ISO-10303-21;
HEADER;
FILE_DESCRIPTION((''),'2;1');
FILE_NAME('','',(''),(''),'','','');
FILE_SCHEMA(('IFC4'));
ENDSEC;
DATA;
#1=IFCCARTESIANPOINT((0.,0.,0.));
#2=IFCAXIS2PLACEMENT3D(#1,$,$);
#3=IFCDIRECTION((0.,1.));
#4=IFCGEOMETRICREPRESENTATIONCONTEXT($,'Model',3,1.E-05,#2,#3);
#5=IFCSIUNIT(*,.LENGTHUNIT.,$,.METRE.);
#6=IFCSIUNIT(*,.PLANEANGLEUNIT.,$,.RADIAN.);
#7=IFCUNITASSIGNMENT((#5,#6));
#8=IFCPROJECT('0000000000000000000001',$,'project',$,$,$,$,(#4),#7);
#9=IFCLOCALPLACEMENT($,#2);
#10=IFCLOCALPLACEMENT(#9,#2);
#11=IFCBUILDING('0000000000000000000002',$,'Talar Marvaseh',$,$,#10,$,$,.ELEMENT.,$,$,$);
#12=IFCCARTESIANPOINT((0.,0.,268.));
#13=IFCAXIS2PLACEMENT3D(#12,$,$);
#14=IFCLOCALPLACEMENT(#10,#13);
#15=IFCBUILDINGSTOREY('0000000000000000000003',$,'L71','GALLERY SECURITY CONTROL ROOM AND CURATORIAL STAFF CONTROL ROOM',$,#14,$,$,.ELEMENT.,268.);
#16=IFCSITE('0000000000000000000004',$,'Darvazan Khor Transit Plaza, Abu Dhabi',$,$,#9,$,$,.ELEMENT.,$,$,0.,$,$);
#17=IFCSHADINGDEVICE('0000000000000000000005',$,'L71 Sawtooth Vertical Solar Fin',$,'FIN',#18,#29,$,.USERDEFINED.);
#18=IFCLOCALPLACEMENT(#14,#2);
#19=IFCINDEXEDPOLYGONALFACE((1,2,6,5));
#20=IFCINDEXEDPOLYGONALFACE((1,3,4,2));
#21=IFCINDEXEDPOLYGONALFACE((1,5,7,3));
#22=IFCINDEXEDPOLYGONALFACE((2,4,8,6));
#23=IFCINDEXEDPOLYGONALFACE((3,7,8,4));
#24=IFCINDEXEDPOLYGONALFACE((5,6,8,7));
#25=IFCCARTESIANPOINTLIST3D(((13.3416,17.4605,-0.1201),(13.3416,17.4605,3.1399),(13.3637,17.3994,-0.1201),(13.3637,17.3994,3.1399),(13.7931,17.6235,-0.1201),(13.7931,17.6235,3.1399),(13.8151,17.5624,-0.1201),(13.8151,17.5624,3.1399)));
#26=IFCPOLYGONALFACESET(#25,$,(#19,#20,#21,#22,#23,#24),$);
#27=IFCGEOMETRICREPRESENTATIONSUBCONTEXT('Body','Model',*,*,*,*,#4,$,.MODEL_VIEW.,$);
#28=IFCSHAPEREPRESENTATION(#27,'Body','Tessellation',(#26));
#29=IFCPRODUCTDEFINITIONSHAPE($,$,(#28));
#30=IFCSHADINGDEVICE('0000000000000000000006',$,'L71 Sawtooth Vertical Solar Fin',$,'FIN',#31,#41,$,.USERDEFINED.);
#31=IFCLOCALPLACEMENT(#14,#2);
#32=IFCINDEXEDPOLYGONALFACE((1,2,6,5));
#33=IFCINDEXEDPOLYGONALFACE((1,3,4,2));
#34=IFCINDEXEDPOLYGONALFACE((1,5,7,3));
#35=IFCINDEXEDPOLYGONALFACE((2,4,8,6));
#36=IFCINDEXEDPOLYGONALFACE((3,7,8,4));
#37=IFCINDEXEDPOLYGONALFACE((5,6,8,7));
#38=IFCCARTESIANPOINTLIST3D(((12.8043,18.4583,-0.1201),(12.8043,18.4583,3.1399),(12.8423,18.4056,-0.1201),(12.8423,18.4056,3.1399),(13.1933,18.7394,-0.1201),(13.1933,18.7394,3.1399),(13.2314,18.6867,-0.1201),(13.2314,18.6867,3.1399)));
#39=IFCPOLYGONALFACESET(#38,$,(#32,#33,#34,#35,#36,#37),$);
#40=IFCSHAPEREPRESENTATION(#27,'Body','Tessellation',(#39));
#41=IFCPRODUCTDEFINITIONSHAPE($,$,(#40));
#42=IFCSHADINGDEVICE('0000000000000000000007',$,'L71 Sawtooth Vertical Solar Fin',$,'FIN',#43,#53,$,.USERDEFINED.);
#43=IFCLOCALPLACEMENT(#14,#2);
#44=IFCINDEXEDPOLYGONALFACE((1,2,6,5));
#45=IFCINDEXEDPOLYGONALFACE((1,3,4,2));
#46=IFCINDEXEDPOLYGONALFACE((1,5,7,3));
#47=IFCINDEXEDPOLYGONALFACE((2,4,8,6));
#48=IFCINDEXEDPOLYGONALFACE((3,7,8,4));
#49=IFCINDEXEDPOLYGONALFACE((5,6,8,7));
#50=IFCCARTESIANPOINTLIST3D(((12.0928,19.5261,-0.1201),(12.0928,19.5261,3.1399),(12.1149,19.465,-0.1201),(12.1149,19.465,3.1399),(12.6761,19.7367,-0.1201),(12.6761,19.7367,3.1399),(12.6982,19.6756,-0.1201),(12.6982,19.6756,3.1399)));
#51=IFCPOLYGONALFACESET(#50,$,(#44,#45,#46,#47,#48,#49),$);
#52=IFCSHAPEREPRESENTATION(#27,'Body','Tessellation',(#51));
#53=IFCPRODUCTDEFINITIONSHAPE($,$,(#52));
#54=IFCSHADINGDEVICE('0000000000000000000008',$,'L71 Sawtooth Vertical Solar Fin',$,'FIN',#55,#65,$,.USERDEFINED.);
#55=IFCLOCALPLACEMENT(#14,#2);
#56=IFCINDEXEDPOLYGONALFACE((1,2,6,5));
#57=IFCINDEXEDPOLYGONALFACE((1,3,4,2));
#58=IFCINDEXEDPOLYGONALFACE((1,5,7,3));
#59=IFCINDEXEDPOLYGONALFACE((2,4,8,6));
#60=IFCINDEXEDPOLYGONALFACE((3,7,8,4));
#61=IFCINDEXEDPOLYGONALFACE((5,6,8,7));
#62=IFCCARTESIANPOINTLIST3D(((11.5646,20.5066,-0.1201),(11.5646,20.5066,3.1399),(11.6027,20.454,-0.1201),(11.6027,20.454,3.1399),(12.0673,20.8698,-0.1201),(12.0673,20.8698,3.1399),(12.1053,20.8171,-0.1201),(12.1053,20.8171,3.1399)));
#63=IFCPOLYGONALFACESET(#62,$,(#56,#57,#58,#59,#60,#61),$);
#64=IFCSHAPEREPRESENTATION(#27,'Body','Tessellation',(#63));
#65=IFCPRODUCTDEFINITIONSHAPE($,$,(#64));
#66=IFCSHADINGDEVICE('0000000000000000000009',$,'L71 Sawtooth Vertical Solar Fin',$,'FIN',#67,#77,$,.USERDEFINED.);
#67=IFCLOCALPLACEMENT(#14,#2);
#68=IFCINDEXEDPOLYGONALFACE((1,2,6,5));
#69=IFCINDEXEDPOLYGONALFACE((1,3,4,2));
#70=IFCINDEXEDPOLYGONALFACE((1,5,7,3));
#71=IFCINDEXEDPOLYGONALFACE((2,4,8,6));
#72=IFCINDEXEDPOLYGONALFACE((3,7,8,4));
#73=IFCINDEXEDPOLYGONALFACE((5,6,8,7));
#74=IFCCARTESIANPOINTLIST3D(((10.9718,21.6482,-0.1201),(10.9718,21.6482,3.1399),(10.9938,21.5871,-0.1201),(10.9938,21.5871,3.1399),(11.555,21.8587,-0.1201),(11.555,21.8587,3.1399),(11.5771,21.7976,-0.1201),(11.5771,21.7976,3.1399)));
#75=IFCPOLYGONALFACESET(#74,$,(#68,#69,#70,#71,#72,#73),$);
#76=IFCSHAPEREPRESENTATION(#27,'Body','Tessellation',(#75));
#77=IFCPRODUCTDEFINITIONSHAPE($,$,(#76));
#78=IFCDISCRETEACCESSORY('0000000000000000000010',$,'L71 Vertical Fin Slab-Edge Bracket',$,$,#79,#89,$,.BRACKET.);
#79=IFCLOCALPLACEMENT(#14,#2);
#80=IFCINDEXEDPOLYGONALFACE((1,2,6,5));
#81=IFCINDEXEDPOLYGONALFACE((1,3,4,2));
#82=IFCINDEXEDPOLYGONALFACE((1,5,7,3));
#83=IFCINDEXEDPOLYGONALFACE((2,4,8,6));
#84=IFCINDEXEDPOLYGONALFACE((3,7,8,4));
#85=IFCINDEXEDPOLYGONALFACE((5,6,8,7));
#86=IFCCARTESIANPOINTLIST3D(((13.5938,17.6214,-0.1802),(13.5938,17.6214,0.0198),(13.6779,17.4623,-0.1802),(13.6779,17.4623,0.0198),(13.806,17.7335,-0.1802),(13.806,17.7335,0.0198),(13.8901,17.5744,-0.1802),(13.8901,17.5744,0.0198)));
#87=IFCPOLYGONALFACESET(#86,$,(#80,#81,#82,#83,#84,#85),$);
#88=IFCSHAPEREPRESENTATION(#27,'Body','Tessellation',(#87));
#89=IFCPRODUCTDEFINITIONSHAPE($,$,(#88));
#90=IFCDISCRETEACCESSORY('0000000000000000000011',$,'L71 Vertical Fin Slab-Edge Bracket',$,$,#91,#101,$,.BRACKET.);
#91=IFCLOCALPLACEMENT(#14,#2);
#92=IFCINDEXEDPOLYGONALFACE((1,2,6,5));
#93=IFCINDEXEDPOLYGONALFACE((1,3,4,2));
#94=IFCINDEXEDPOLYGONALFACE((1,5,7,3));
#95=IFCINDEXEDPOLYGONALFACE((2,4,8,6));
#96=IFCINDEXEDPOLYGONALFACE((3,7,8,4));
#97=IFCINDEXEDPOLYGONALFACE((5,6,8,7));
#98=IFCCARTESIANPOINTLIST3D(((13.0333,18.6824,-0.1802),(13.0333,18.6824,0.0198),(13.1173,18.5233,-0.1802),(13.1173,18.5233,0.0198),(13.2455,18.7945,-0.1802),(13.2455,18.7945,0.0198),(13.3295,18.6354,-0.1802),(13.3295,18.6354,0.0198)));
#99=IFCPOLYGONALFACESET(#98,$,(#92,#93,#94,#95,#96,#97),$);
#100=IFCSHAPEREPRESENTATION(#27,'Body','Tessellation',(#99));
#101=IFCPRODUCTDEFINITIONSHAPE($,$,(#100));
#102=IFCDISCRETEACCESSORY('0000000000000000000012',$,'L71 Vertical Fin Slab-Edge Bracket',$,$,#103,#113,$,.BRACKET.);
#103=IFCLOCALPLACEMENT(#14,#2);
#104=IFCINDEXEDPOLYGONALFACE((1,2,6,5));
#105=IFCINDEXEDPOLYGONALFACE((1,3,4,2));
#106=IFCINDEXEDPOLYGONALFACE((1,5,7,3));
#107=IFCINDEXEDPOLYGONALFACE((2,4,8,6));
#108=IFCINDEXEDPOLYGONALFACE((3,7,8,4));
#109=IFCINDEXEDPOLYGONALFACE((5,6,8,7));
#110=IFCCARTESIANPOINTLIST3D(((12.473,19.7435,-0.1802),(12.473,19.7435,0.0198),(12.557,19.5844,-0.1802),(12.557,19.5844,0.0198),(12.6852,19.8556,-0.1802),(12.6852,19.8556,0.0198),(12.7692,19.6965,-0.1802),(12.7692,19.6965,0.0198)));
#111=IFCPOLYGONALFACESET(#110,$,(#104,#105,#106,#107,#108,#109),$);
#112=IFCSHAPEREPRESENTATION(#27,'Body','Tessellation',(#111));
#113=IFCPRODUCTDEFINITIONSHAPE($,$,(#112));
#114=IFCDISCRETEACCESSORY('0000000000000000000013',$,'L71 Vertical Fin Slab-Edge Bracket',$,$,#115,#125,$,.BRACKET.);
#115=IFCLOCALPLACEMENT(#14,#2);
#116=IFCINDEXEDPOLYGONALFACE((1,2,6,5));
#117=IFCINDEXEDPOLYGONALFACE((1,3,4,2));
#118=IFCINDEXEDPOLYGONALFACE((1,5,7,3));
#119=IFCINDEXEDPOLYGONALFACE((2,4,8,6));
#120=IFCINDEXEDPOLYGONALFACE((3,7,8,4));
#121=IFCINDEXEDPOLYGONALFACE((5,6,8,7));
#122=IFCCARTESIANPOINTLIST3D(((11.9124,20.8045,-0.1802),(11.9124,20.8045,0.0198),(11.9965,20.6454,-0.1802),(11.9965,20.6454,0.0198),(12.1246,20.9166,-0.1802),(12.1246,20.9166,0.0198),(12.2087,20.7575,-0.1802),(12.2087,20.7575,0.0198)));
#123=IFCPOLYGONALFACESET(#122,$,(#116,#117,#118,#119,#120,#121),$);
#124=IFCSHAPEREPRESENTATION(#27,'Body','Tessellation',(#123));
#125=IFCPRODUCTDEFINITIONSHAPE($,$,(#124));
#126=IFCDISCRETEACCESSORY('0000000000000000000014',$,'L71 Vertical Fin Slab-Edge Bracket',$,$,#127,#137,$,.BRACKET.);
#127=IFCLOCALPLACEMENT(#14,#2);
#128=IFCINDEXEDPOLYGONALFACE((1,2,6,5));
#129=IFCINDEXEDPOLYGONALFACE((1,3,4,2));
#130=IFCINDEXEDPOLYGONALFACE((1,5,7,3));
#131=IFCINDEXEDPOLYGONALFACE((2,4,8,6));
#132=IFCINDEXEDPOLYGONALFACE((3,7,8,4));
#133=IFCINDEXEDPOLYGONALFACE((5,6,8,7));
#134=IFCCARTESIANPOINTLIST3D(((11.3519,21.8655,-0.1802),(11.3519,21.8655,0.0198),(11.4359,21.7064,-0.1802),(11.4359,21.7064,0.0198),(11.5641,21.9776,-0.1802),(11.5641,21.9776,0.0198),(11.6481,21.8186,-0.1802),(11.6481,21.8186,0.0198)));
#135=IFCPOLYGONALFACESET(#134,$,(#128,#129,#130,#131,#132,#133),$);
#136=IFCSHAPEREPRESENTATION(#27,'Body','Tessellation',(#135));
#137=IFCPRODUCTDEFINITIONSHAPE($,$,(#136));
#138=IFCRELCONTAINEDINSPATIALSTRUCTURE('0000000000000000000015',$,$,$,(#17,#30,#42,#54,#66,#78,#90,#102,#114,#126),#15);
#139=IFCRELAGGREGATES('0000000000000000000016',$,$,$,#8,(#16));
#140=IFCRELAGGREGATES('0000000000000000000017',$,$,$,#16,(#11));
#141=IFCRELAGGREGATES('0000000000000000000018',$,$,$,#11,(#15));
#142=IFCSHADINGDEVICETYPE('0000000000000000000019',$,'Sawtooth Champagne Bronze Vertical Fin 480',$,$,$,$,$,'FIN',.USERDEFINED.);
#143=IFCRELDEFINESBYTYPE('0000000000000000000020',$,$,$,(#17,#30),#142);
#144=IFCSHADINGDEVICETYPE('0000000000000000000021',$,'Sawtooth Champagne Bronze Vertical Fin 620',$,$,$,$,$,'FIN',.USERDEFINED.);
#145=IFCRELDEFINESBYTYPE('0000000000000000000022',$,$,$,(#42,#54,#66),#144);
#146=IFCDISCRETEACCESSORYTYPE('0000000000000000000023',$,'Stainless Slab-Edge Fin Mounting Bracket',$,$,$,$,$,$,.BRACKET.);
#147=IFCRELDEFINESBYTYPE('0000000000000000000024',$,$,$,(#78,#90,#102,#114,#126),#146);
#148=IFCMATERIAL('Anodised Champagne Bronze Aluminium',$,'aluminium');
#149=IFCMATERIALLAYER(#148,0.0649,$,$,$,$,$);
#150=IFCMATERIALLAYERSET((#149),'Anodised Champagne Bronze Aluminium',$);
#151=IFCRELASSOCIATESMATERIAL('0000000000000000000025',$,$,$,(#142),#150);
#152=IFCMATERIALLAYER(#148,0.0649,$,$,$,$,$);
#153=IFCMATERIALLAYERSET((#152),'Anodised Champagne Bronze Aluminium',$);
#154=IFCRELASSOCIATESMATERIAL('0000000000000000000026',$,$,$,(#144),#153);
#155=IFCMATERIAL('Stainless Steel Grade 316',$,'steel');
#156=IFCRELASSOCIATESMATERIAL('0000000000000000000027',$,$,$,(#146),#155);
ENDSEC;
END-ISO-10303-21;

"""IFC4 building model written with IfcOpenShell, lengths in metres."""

from ifc_helpers import new_model, si_unit, direction, frame, origin, origin_2d, place, context, subcontext, project, spatial, rectangle, extrude, source, transform, mapped, material, layer, layer_set, type_object, type_shapes, element, save


model = new_model("IFC4")

# Units and contexts
model_context = context("Model", 3, precision=1e-05, world=origin(), true_north=direction((0.0, 1.0)))
body_context = subcontext(model_context, "Body", "Model", "MODEL_VIEW")
ifc_project = project(units=[si_unit("LENGTHUNIT", "METRE"), si_unit("PLANEANGLEUNIT", "RADIAN")], contexts=[model_context])

# Site, building, storey
site_placement = place(None, origin())
site = spatial("IfcSite", under=ifc_project, at=site_placement, Name="Darvazan Khor Transit Plaza, Abu Dhabi", CompositionType="ELEMENT", RefElevation=0.0)
building_placement = place(site_placement, origin())
building = spatial("IfcBuilding", under=site, at=building_placement, Name="Talar Marvaseh", CompositionType="ELEMENT")
storey_placement = place(building_placement, frame((0.0, 0.0, 268.0)))
storey = spatial("IfcBuildingStorey", under=building, at=storey_placement, Name="L71", Description="GALLERY SECURITY CONTROL ROOM AND CURATORIAL STAFF CONTROL ROOM", CompositionType="ELEMENT", Elevation=268.0)

# Shading devices
ifc_material_1 = material(Name="Anodised Champagne Bronze Aluminium", Category="aluminium")
ifc_layer_1 = layer(ifc_material_1, 0.0649)
ifc_layer_set_1 = layer_set([ifc_layer_1], Name="Anodised Champagne Bronze Aluminium")
shading_device_type_1 = type_object("IfcShadingDeviceType", Name="Sawtooth Champagne Bronze Vertical Fin 480", ElementType="FIN", PredefinedType="USERDEFINED", material=ifc_layer_set_1)
shared_shape_1 = source(origin(), body_context, "Body", "SweptSolid", [
    extrude(rectangle(XDim=0.48, YDim=0.0649, at=origin_2d()), origin(), (0.0, 0.0, 1.0), 3.26),
])
type_shapes(shading_device_type_1, [shared_shape_1])
for number, where, z_axis, x_axis, name in (
    (1, (13.5784, 17.5115, -0.1201), (0.0, 0.0, 1.0), (-0.940585, -0.339559, 0.0), "L71 Sawtooth Vertical Solar Fin"),
    (2, (13.0178, 18.5725, -0.1201), (0.0, 0.0, 1.0), (-0.810553, -0.585665, 0.0), "L71 Sawtooth Vertical Solar Fin"),
):
    element("IfcShadingDevice", number, at=place(storey_placement, frame(where, z_axis=z_axis, x_axis=x_axis)), inside=storey, type_object=shading_device_type_1, Name=name, ObjectType="FIN", PredefinedType="USERDEFINED", context=body_context, shape_type="MappedRepresentation", body=[
        mapped(shared_shape_1, transform((0.0, 0.0, 0.0), x_axis=(1.0, 0.0, 0.0), y_axis=(0.0, 1.0, 0.0), z_axis=(0.0, 0.0, 1.0), scale=1.0)),
    ])
ifc_layer_2 = layer(ifc_material_1, 0.0649)
ifc_layer_set_2 = layer_set([ifc_layer_2], Name="Anodised Champagne Bronze Aluminium")
shading_device_type_2 = type_object("IfcShadingDeviceType", Name="Sawtooth Champagne Bronze Vertical Fin 620", ElementType="FIN", PredefinedType="USERDEFINED", material=ifc_layer_set_2)
shared_shape_2 = source(origin(), body_context, "Body", "SweptSolid", [
    extrude(rectangle(XDim=0.6201, YDim=0.0649, at=origin_2d()), origin(), (0.0, 0.0, 1.0), 3.26),
])
type_shapes(shading_device_type_2, [shared_shape_2])
for number, where, z_axis, x_axis, name in (
    (3, (12.3955, 19.6008, -0.1201), (0.0, 0.0, 1.0), (-0.940585, -0.339559, 0.0), "L71 Sawtooth Vertical Solar Fin"),
    (4, (11.835, 20.6619, -0.1201), (0.0, 0.0, 1.0), (-0.810553, -0.585665, 0.0), "L71 Sawtooth Vertical Solar Fin"),
    (5, (11.2744, 21.7229, -0.1201), (0.0, 0.0, 1.0), (-0.940585, -0.339559, 0.0), "L71 Sawtooth Vertical Solar Fin"),
):
    element("IfcShadingDevice", number, at=place(storey_placement, frame(where, z_axis=z_axis, x_axis=x_axis)), inside=storey, type_object=shading_device_type_2, Name=name, ObjectType="FIN", PredefinedType="USERDEFINED", context=body_context, shape_type="MappedRepresentation", body=[
        mapped(shared_shape_2, transform((0.0, 0.0, 0.0), x_axis=(1.0, 0.0, 0.0), y_axis=(0.0, 1.0, 0.0), z_axis=(0.0, 0.0, 1.0), scale=1.0)),
    ])

# Discrete accessories
ifc_material_2 = material(Name="Stainless Steel Grade 316", Category="steel")
discrete_accessory_type = type_object("IfcDiscreteAccessoryType", Name="Stainless Slab-Edge Fin Mounting Bracket", PredefinedType="BRACKET", material=ifc_material_2)
shared_shape_3 = source(origin(), body_context, "Body", "SweptSolid", [
    extrude(rectangle(XDim=0.24, YDim=0.1799, at=origin_2d()), origin(), (0.0, 0.0, 1.0), 0.2),
])
type_shapes(discrete_accessory_type, [shared_shape_3])
for number, where, z_axis, x_axis, name in (
    (6, (13.7419, 17.5979, -0.1802), (0.0, 0.0, 1.0), (-0.884174, -0.467158, 0.0), "L71 Vertical Fin Slab-Edge Bracket"),
    (7, (13.1814, 18.6589, -0.1802), (0.0, 0.0, 1.0), (-0.884174, -0.467158, 0.0), "L71 Vertical Fin Slab-Edge Bracket"),
    (8, (12.6211, 19.72, -0.1802), (0.0, 0.0, 1.0), (-0.884174, -0.467158, 0.0), "L71 Vertical Fin Slab-Edge Bracket"),
    (9, (12.0605, 20.781, -0.1802), (0.0, 0.0, 1.0), (-0.884174, -0.467158, 0.0), "L71 Vertical Fin Slab-Edge Bracket"),
    (10, (11.5, 21.842, -0.1802), (0.0, 0.0, 1.0), (-0.884174, -0.467158, 0.0), "L71 Vertical Fin Slab-Edge Bracket"),
):
    element("IfcDiscreteAccessory", number, at=place(storey_placement, frame(where, z_axis=z_axis, x_axis=x_axis)), inside=storey, type_object=discrete_accessory_type, Name=name, PredefinedType="BRACKET", context=body_context, shape_type="MappedRepresentation", body=[
        mapped(shared_shape_3, transform((0.0, 0.0, 0.0), x_axis=(1.0, 0.0, 0.0), y_axis=(0.0, 1.0, 0.0), z_axis=(0.0, 0.0, 1.0), scale=1.0)),
    ])

save(model, "model.ifc")
